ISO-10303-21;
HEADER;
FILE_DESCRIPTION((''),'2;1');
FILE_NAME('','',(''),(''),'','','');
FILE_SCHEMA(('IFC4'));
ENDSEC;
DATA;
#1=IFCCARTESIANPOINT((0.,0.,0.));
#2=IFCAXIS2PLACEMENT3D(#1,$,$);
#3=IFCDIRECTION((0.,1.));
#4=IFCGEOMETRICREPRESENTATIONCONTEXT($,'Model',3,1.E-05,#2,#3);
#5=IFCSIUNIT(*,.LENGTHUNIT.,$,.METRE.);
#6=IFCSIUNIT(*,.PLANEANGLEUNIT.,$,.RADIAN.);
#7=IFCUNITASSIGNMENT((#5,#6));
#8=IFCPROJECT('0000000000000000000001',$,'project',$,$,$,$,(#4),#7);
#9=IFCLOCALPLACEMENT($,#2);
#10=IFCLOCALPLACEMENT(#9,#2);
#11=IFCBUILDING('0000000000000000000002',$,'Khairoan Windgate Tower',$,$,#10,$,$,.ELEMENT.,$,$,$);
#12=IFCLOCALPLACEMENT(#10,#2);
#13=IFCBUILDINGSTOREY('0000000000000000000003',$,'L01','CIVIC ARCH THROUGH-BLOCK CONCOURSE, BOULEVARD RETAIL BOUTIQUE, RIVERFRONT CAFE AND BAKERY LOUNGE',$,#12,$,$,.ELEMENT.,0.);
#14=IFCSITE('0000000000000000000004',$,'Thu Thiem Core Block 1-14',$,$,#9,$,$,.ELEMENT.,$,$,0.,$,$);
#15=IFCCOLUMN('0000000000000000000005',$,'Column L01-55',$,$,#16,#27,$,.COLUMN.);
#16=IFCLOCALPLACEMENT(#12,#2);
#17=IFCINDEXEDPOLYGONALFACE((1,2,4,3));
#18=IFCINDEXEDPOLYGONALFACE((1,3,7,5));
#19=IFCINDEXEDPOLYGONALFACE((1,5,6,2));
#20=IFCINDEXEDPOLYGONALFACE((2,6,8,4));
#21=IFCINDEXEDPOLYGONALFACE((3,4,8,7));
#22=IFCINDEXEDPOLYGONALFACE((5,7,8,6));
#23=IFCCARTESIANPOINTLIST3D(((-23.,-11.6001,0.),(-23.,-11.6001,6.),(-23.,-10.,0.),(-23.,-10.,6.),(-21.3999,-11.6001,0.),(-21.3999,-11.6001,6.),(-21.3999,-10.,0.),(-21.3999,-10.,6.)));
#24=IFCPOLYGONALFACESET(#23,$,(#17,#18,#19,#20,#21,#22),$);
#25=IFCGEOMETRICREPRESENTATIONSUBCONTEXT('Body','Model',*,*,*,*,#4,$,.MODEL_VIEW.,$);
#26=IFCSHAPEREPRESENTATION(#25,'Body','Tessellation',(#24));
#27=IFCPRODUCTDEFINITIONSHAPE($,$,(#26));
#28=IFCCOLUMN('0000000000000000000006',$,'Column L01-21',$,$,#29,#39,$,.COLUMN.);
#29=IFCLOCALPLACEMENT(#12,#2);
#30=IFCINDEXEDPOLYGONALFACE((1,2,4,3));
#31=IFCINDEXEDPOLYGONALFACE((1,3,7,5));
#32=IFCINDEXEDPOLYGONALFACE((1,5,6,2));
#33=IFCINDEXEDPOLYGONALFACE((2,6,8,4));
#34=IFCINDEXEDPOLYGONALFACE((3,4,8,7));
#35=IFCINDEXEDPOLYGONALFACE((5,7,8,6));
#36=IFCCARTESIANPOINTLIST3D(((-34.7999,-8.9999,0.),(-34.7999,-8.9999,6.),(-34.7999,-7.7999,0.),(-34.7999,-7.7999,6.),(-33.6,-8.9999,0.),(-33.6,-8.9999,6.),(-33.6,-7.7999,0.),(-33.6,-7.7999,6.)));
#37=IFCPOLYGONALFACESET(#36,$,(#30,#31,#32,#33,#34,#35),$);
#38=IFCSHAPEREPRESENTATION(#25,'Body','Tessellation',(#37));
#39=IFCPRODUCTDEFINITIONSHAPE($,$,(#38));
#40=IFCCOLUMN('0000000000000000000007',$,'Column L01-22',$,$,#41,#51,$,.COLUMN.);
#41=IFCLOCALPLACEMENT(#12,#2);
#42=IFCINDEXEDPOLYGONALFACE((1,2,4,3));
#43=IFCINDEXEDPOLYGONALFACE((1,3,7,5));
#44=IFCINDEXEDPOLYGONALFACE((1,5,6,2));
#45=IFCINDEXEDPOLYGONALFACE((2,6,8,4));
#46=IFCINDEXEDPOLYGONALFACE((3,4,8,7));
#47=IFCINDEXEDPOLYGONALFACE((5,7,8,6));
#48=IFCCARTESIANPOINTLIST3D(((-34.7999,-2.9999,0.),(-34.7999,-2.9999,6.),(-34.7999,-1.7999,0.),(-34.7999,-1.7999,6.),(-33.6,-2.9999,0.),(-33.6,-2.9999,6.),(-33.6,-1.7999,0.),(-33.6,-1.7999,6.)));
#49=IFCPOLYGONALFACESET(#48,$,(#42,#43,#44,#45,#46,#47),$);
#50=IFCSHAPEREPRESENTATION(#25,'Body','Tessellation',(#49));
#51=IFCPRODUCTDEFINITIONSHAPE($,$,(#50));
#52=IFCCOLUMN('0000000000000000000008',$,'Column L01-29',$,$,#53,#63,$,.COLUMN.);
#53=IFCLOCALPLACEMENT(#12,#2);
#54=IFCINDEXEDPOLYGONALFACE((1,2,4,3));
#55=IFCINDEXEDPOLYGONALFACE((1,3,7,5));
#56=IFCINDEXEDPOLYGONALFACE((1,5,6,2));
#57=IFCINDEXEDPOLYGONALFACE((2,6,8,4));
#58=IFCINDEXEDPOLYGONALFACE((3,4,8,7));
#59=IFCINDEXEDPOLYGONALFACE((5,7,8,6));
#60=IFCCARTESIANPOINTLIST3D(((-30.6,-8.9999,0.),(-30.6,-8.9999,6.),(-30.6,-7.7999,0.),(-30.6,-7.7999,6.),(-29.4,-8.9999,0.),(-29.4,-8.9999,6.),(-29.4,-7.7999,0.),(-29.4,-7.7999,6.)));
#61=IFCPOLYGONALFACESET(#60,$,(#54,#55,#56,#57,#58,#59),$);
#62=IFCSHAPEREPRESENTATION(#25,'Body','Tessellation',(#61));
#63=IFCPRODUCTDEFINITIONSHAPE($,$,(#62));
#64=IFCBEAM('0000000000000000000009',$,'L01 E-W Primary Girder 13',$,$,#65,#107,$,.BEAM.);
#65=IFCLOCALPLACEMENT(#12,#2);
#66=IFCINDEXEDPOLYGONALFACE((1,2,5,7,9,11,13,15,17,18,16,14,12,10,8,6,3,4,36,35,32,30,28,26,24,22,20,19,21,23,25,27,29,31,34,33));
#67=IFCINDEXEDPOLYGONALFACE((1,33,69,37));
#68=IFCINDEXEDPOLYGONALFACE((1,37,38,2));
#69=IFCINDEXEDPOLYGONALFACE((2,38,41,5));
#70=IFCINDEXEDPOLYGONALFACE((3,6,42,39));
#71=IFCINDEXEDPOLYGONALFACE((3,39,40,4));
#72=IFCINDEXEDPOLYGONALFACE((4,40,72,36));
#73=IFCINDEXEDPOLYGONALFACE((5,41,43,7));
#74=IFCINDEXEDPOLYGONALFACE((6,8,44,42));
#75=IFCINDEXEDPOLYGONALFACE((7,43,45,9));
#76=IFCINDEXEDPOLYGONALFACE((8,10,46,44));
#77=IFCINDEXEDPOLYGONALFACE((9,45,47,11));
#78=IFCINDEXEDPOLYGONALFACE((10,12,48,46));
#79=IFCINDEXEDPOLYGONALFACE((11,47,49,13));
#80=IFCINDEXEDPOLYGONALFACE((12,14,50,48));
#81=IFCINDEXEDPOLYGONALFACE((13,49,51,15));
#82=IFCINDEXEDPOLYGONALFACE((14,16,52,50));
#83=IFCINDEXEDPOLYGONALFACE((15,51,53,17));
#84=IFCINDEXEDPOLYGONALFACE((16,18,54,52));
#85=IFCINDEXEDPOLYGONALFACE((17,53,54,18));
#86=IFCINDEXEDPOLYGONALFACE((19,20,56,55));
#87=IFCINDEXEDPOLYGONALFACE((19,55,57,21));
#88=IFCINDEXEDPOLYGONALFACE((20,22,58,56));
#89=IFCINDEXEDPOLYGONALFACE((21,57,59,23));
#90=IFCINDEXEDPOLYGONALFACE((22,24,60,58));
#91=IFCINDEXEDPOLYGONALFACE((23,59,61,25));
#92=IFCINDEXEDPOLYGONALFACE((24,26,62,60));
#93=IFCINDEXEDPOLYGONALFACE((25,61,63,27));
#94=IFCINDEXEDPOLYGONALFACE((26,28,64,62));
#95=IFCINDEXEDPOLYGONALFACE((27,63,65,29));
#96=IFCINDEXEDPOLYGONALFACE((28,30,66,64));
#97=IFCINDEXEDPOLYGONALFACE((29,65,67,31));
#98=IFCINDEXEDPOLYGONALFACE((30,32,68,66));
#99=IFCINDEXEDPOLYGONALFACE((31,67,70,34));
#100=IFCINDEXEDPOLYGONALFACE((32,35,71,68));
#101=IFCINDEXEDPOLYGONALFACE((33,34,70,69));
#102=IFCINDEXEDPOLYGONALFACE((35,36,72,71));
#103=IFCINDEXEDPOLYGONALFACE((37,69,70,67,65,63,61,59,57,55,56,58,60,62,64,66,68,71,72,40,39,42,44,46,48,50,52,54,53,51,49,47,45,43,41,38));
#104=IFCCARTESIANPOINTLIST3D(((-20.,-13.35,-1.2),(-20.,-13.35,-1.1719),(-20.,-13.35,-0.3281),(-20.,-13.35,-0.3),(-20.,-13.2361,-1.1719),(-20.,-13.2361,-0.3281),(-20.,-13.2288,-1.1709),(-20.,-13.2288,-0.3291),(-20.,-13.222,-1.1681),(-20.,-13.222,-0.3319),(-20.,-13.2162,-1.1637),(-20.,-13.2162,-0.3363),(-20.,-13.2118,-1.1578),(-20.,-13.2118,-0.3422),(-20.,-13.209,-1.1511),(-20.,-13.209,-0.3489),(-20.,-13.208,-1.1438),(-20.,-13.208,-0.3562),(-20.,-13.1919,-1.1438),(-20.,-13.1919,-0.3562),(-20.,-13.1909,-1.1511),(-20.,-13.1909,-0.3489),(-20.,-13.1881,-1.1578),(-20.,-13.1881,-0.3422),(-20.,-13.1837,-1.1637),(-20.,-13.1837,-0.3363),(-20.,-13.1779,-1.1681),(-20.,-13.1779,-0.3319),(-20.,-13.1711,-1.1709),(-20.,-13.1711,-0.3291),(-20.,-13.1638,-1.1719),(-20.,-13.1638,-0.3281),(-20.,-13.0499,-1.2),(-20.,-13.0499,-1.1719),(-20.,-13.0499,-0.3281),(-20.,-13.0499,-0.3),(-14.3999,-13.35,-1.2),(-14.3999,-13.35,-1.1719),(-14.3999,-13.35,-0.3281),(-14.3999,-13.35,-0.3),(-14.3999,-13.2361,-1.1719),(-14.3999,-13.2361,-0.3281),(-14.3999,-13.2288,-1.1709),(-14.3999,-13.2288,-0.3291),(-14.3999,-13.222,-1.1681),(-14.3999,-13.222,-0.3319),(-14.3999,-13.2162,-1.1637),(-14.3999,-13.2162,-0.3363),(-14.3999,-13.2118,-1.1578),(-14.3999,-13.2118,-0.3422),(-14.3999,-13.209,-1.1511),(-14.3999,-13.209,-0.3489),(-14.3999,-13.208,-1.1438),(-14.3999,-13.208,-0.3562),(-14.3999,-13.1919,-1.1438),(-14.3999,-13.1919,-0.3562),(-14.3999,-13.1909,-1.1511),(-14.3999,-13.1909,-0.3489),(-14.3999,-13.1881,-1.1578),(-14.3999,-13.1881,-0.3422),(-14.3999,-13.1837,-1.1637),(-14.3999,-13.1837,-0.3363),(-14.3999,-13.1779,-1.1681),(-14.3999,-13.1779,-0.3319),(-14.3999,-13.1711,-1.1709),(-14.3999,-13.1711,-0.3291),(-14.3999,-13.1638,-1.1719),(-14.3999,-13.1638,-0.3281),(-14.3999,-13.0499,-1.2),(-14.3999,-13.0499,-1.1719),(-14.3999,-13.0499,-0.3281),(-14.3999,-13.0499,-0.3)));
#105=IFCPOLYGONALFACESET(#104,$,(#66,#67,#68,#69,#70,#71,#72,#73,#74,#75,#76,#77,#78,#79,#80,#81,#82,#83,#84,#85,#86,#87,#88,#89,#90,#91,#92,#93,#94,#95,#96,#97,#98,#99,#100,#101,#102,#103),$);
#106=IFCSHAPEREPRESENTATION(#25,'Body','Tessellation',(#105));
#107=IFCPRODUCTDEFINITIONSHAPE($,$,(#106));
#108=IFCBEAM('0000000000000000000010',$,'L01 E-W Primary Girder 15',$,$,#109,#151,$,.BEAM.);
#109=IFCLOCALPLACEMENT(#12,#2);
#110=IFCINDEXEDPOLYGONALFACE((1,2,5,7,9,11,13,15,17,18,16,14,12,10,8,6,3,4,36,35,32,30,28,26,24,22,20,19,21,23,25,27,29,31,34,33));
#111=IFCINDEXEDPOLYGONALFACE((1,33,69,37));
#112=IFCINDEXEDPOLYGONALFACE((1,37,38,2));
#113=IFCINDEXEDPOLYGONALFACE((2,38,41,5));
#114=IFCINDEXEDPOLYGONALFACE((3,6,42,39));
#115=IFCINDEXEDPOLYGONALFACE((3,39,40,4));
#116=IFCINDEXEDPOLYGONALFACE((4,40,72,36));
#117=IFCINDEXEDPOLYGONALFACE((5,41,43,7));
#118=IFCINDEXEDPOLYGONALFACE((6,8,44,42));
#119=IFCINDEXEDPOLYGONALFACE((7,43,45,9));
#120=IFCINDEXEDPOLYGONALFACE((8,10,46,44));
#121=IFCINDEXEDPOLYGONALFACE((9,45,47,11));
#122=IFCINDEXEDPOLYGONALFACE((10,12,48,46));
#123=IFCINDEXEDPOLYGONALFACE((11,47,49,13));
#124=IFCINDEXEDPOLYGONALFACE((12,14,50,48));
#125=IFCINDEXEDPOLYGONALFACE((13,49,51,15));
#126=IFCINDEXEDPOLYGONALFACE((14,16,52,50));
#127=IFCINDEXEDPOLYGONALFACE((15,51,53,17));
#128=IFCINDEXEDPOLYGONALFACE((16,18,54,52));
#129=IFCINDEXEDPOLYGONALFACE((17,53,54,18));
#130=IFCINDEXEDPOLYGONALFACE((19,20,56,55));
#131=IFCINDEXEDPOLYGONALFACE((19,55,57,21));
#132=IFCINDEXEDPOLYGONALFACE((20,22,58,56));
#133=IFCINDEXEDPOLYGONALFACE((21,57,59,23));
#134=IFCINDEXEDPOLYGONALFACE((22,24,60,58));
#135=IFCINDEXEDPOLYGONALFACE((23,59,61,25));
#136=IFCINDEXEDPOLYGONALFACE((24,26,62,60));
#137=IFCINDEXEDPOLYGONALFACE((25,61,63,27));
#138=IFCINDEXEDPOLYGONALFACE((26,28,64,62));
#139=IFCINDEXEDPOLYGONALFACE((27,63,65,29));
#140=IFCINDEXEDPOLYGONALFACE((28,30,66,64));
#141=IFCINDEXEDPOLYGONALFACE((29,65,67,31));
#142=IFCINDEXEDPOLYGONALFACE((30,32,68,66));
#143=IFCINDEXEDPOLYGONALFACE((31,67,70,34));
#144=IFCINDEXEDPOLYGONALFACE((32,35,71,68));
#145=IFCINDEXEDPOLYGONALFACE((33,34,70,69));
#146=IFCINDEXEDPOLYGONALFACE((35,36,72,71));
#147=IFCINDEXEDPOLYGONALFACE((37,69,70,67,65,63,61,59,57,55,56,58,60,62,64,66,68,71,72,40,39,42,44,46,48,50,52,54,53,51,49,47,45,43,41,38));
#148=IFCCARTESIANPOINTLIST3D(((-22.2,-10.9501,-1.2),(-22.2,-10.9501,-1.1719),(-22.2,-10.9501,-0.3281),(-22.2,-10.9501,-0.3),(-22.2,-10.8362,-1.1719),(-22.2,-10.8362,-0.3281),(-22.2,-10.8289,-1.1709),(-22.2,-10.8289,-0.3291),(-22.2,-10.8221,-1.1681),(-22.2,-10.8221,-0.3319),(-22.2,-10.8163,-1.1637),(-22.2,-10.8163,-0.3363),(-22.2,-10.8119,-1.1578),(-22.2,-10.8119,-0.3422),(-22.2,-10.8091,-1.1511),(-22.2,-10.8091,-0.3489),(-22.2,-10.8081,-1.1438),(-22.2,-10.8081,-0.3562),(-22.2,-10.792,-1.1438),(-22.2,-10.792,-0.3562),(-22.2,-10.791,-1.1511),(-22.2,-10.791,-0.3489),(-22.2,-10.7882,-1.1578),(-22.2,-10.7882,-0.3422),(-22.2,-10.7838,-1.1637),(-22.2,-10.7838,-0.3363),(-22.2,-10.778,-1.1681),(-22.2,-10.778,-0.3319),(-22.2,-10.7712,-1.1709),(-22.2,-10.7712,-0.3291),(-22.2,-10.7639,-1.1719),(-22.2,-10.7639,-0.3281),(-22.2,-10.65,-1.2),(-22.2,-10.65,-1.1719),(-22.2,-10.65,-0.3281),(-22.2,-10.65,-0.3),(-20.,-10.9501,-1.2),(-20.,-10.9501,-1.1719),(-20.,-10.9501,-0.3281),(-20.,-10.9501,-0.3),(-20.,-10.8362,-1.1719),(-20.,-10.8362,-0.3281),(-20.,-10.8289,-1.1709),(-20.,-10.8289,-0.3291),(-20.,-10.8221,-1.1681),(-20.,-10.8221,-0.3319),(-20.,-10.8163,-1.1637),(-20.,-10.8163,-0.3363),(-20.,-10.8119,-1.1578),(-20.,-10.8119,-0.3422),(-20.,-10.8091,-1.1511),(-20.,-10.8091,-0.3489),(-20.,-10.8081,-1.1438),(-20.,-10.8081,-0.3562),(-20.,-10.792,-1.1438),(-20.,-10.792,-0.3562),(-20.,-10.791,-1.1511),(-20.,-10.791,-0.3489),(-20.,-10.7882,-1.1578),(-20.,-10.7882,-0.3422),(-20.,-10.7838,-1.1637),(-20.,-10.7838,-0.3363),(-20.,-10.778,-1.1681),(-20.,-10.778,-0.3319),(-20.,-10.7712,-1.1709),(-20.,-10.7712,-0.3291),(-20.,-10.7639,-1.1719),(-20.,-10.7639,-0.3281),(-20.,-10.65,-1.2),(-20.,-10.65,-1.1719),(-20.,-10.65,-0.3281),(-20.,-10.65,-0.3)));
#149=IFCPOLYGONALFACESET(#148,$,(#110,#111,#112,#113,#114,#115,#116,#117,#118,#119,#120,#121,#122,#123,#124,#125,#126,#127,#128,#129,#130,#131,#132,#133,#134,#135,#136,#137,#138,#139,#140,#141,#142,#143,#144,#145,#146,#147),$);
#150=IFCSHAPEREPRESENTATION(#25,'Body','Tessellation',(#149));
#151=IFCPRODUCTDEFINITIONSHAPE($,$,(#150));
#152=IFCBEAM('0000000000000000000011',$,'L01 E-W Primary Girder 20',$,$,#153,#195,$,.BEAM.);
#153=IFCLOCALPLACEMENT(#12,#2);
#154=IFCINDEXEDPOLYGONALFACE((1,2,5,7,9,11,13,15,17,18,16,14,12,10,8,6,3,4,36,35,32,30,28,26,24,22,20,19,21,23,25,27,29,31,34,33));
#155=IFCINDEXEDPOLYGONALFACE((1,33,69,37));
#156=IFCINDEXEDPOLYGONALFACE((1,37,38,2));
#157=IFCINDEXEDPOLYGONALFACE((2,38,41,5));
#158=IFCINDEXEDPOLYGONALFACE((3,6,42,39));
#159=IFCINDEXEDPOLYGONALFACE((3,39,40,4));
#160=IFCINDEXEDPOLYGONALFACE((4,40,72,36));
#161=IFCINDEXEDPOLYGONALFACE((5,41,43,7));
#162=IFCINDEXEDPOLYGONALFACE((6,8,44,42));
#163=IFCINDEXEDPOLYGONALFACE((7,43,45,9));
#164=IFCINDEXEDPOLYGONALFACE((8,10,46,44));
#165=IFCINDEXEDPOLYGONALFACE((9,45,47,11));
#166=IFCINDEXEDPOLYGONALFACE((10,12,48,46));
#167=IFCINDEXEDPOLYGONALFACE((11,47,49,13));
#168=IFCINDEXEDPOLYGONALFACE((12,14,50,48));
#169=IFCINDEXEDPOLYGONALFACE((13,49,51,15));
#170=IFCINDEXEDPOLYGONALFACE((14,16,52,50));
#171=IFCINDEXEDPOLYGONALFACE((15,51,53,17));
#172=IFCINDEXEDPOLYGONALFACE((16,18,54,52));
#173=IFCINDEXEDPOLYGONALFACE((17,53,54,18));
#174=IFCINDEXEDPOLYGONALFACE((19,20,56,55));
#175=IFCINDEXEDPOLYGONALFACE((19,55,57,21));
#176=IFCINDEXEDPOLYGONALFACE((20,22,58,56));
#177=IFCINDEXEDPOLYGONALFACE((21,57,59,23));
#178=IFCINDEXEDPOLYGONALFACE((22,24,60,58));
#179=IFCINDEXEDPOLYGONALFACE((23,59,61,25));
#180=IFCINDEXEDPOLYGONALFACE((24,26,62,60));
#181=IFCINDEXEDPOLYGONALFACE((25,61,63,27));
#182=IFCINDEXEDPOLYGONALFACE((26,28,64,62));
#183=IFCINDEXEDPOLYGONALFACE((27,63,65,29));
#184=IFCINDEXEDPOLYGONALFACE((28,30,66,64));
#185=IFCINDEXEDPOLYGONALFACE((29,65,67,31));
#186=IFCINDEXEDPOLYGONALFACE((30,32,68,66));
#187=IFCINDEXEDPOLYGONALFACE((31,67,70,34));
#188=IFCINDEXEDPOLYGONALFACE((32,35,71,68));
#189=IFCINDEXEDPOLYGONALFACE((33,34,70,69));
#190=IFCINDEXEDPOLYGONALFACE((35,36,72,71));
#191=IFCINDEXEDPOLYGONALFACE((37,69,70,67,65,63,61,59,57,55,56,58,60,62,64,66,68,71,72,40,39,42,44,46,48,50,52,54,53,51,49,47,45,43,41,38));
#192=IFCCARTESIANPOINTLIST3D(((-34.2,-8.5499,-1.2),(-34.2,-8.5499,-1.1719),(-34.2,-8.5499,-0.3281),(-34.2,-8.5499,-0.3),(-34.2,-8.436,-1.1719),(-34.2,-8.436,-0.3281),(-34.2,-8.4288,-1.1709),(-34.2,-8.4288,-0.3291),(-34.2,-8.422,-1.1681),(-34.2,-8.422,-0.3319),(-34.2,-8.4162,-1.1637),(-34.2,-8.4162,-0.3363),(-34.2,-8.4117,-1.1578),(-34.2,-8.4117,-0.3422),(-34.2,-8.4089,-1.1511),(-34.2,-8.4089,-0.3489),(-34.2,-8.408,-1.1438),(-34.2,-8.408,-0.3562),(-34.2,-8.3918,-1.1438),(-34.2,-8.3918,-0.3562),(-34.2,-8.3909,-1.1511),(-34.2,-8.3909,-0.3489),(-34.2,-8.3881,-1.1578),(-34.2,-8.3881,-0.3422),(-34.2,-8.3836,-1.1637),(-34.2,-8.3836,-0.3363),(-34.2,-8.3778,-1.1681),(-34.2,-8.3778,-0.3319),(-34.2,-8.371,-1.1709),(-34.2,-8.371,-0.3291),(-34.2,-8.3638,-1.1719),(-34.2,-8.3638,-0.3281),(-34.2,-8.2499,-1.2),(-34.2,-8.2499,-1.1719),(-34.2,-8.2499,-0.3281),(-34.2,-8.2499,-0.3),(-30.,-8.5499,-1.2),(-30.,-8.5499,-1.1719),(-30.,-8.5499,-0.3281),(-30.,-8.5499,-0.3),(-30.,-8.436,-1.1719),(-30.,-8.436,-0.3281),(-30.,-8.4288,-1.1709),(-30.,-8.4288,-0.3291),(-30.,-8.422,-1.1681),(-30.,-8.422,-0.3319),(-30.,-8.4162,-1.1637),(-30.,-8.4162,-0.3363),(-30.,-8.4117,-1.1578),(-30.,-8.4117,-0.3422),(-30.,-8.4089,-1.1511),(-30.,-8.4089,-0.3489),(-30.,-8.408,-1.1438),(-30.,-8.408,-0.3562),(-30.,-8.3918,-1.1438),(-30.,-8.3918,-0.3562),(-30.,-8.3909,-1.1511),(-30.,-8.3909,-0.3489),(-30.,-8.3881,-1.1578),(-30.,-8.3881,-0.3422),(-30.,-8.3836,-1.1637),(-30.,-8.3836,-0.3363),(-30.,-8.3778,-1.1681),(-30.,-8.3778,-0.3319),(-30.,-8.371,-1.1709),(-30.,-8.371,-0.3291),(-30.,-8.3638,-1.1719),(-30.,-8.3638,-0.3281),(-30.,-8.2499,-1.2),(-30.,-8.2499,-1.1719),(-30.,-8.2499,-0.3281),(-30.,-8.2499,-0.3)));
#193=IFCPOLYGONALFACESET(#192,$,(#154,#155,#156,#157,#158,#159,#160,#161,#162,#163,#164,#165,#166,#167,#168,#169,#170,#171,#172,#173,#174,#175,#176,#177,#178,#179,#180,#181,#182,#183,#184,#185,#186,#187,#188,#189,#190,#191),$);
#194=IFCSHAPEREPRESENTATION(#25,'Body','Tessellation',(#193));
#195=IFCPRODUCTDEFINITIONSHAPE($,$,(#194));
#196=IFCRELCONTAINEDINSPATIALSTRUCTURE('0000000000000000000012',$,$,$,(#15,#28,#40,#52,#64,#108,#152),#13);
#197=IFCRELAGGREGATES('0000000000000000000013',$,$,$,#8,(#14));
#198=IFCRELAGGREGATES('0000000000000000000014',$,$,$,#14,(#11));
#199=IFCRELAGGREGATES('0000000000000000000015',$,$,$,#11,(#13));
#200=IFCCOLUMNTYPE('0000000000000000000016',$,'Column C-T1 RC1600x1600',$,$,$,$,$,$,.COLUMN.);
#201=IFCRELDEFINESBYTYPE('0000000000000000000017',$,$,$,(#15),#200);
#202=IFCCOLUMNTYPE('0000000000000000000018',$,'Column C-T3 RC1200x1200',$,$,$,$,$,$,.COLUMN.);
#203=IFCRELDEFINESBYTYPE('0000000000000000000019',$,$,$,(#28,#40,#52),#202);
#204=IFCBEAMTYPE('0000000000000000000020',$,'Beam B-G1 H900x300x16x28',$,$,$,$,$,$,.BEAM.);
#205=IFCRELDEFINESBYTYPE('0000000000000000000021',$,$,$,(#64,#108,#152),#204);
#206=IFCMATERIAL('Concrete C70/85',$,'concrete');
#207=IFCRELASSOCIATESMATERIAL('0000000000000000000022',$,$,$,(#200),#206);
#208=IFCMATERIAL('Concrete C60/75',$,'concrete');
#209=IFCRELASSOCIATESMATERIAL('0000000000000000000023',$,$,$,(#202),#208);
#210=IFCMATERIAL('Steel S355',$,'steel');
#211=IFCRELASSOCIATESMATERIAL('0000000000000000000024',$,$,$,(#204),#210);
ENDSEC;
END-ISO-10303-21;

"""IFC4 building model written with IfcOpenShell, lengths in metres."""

from ifc_helpers import new_model, si_unit, direction, frame, origin, origin_2d, place, context, subcontext, project, spatial, rectangle, i_section, extrude, material, material_profile, profile_set, type_object, element, save


model = new_model("IFC4")

# Units and contexts
model_context = context("Model", 3, precision=1e-05, world=origin(), true_north=direction((0.0, 1.0)))
body_context = subcontext(model_context, "Body", "Model", "MODEL_VIEW")
ifc_project = project(units=[si_unit("LENGTHUNIT", "METRE"), si_unit("PLANEANGLEUNIT", "RADIAN")], contexts=[model_context])

# Site, building, storey
site_placement = place(None, origin())
site = spatial("IfcSite", under=ifc_project, at=site_placement, Name="Thu Thiem Core Block 1-14", CompositionType="ELEMENT", RefElevation=0.0)
building_placement = place(site_placement, origin())
building = spatial("IfcBuilding", under=site, at=building_placement, Name="Khairoan Windgate Tower", CompositionType="ELEMENT")
storey_placement = place(building_placement, origin())
storey = spatial("IfcBuildingStorey", under=building, at=storey_placement, Name="L01", Description="CIVIC ARCH THROUGH-BLOCK CONCOURSE, BOULEVARD RETAIL BOUTIQUE, RIVERFRONT CAFE AND BAKERY LOUNGE", CompositionType="ELEMENT", Elevation=0.0)

# Columns
ifc_material_1 = material(Name="Concrete C70/85", Category="concrete")
ifc_material_profile_1 = material_profile(ifc_material_1, rectangle(XDim=1.6001, YDim=1.6001, at=origin_2d()))
ifc_profile_set_1 = profile_set([ifc_material_profile_1], Name="Concrete C70/85")
column_type_1 = type_object("IfcColumnType", Name="Column C-T1 RC1600x1600", PredefinedType="COLUMN", material=ifc_profile_set_1)
column_placement = place(storey_placement, frame((-22.2, -10.8, 0.0), z_axis=(0.0, 0.0, 1.0), x_axis=(1.0, 0.0, 0.0)))
element("IfcColumn", 1, at=column_placement, inside=storey, type_object=column_type_1, Name="Column L01-55", PredefinedType="COLUMN", context=body_context, shape_type="SweptSolid", body=[
    extrude(rectangle(XDim=1.6001, YDim=1.6001, at=origin_2d()), origin(), (0.0, 0.0, 1.0), 6.0),
])
ifc_material_2 = material(Name="Concrete C60/75", Category="concrete")
ifc_material_profile_2 = material_profile(ifc_material_2, rectangle(XDim=1.2, YDim=1.2, at=origin_2d()))
ifc_profile_set_2 = profile_set([ifc_material_profile_2], Name="Concrete C60/75")
column_type_2 = type_object("IfcColumnType", Name="Column C-T3 RC1200x1200", PredefinedType="COLUMN", material=ifc_profile_set_2)
for number, where, z_axis, x_axis, name in (
    (2, (-34.2, -8.3999, 0.0), (0.0, 0.0, 1.0), (1.0, 0.0, 0.0), "Column L01-21"),
    (3, (-34.2, -2.3999, 0.0), (0.0, 0.0, 1.0), (1.0, 0.0, 0.0), "Column L01-22"),
    (4, (-30.0, -8.3999, 0.0), (0.0, 0.0, 1.0), (1.0, 0.0, 0.0), "Column L01-29"),
):
    element("IfcColumn", number, at=place(storey_placement, frame(where, z_axis=z_axis, x_axis=x_axis)), inside=storey, type_object=column_type_2, Name=name, PredefinedType="COLUMN", context=body_context, shape_type="SweptSolid", body=[
        extrude(rectangle(XDim=1.2, YDim=1.2, at=origin_2d()), origin(), (0.0, 0.0, 1.0), 6.0),
    ])

# Beams
ifc_material_3 = material(Name="Steel S355", Category="steel")
ifc_material_profile_3 = material_profile(ifc_material_3, i_section(OverallWidth=0.3, OverallDepth=0.8999, WebThickness=0.0161, FlangeThickness=0.0281, FilletRadius=0.0281, at=origin_2d()))
ifc_profile_set_3 = profile_set([ifc_material_profile_3], Name="Steel S355")
beam_type_1 = type_object("IfcBeamType", Name="Beam B-G1 H900x300x16x28", PredefinedType="BEAM", material=ifc_profile_set_3)
beam_1_placement = place(storey_placement, frame((-20.0, -13.2, -0.75), z_axis=(1.0, 0.0, 0.0), x_axis=(0.0, 1.0, 0.0)))
element("IfcBeam", 5, at=beam_1_placement, inside=storey, type_object=beam_type_1, Name="L01 E-W Primary Girder 13", PredefinedType="BEAM", context=body_context, shape_type="SweptSolid", body=[
    extrude(i_section(OverallWidth=0.3, OverallDepth=0.8999, WebThickness=0.0161, FlangeThickness=0.0281, FilletRadius=0.0281, at=origin_2d()), origin(), (0.0, 0.0, 1.0), 5.6001),
])
beam_2_placement = place(storey_placement, frame((-22.2, -10.8, -0.75), z_axis=(1.0, 0.0, 0.0), x_axis=(0.0, 1.0, 0.0)))
element("IfcBeam", 6, at=beam_2_placement, inside=storey, type_object=beam_type_1, Name="L01 E-W Primary Girder 15", PredefinedType="BEAM", context=body_context, shape_type="SweptSolid", body=[
    extrude(i_section(OverallWidth=0.3, OverallDepth=0.8999, WebThickness=0.0161, FlangeThickness=0.0281, FilletRadius=0.0281, at=origin_2d()), origin(), (0.0, 0.0, 1.0), 2.2),
])
for number, where, z_axis, x_axis, name in (
    (7, (-34.2, -8.3999, -0.75), (1.0, 0.0, 0.0), (0.0, 1.0, 0.0), "L01 E-W Primary Girder 20"),
):
    element("IfcBeam", number, at=place(storey_placement, frame(where, z_axis=z_axis, x_axis=x_axis)), inside=storey, type_object=beam_type_1, Name=name, PredefinedType="BEAM", context=body_context, shape_type="SweptSolid", body=[
        extrude(i_section(OverallWidth=0.3, OverallDepth=0.8999, WebThickness=0.0161, FlangeThickness=0.0281, FilletRadius=0.0281, at=origin_2d()), origin(), (0.0, 0.0, 1.0), 4.2),
    ])

save(model, "model.ifc")
